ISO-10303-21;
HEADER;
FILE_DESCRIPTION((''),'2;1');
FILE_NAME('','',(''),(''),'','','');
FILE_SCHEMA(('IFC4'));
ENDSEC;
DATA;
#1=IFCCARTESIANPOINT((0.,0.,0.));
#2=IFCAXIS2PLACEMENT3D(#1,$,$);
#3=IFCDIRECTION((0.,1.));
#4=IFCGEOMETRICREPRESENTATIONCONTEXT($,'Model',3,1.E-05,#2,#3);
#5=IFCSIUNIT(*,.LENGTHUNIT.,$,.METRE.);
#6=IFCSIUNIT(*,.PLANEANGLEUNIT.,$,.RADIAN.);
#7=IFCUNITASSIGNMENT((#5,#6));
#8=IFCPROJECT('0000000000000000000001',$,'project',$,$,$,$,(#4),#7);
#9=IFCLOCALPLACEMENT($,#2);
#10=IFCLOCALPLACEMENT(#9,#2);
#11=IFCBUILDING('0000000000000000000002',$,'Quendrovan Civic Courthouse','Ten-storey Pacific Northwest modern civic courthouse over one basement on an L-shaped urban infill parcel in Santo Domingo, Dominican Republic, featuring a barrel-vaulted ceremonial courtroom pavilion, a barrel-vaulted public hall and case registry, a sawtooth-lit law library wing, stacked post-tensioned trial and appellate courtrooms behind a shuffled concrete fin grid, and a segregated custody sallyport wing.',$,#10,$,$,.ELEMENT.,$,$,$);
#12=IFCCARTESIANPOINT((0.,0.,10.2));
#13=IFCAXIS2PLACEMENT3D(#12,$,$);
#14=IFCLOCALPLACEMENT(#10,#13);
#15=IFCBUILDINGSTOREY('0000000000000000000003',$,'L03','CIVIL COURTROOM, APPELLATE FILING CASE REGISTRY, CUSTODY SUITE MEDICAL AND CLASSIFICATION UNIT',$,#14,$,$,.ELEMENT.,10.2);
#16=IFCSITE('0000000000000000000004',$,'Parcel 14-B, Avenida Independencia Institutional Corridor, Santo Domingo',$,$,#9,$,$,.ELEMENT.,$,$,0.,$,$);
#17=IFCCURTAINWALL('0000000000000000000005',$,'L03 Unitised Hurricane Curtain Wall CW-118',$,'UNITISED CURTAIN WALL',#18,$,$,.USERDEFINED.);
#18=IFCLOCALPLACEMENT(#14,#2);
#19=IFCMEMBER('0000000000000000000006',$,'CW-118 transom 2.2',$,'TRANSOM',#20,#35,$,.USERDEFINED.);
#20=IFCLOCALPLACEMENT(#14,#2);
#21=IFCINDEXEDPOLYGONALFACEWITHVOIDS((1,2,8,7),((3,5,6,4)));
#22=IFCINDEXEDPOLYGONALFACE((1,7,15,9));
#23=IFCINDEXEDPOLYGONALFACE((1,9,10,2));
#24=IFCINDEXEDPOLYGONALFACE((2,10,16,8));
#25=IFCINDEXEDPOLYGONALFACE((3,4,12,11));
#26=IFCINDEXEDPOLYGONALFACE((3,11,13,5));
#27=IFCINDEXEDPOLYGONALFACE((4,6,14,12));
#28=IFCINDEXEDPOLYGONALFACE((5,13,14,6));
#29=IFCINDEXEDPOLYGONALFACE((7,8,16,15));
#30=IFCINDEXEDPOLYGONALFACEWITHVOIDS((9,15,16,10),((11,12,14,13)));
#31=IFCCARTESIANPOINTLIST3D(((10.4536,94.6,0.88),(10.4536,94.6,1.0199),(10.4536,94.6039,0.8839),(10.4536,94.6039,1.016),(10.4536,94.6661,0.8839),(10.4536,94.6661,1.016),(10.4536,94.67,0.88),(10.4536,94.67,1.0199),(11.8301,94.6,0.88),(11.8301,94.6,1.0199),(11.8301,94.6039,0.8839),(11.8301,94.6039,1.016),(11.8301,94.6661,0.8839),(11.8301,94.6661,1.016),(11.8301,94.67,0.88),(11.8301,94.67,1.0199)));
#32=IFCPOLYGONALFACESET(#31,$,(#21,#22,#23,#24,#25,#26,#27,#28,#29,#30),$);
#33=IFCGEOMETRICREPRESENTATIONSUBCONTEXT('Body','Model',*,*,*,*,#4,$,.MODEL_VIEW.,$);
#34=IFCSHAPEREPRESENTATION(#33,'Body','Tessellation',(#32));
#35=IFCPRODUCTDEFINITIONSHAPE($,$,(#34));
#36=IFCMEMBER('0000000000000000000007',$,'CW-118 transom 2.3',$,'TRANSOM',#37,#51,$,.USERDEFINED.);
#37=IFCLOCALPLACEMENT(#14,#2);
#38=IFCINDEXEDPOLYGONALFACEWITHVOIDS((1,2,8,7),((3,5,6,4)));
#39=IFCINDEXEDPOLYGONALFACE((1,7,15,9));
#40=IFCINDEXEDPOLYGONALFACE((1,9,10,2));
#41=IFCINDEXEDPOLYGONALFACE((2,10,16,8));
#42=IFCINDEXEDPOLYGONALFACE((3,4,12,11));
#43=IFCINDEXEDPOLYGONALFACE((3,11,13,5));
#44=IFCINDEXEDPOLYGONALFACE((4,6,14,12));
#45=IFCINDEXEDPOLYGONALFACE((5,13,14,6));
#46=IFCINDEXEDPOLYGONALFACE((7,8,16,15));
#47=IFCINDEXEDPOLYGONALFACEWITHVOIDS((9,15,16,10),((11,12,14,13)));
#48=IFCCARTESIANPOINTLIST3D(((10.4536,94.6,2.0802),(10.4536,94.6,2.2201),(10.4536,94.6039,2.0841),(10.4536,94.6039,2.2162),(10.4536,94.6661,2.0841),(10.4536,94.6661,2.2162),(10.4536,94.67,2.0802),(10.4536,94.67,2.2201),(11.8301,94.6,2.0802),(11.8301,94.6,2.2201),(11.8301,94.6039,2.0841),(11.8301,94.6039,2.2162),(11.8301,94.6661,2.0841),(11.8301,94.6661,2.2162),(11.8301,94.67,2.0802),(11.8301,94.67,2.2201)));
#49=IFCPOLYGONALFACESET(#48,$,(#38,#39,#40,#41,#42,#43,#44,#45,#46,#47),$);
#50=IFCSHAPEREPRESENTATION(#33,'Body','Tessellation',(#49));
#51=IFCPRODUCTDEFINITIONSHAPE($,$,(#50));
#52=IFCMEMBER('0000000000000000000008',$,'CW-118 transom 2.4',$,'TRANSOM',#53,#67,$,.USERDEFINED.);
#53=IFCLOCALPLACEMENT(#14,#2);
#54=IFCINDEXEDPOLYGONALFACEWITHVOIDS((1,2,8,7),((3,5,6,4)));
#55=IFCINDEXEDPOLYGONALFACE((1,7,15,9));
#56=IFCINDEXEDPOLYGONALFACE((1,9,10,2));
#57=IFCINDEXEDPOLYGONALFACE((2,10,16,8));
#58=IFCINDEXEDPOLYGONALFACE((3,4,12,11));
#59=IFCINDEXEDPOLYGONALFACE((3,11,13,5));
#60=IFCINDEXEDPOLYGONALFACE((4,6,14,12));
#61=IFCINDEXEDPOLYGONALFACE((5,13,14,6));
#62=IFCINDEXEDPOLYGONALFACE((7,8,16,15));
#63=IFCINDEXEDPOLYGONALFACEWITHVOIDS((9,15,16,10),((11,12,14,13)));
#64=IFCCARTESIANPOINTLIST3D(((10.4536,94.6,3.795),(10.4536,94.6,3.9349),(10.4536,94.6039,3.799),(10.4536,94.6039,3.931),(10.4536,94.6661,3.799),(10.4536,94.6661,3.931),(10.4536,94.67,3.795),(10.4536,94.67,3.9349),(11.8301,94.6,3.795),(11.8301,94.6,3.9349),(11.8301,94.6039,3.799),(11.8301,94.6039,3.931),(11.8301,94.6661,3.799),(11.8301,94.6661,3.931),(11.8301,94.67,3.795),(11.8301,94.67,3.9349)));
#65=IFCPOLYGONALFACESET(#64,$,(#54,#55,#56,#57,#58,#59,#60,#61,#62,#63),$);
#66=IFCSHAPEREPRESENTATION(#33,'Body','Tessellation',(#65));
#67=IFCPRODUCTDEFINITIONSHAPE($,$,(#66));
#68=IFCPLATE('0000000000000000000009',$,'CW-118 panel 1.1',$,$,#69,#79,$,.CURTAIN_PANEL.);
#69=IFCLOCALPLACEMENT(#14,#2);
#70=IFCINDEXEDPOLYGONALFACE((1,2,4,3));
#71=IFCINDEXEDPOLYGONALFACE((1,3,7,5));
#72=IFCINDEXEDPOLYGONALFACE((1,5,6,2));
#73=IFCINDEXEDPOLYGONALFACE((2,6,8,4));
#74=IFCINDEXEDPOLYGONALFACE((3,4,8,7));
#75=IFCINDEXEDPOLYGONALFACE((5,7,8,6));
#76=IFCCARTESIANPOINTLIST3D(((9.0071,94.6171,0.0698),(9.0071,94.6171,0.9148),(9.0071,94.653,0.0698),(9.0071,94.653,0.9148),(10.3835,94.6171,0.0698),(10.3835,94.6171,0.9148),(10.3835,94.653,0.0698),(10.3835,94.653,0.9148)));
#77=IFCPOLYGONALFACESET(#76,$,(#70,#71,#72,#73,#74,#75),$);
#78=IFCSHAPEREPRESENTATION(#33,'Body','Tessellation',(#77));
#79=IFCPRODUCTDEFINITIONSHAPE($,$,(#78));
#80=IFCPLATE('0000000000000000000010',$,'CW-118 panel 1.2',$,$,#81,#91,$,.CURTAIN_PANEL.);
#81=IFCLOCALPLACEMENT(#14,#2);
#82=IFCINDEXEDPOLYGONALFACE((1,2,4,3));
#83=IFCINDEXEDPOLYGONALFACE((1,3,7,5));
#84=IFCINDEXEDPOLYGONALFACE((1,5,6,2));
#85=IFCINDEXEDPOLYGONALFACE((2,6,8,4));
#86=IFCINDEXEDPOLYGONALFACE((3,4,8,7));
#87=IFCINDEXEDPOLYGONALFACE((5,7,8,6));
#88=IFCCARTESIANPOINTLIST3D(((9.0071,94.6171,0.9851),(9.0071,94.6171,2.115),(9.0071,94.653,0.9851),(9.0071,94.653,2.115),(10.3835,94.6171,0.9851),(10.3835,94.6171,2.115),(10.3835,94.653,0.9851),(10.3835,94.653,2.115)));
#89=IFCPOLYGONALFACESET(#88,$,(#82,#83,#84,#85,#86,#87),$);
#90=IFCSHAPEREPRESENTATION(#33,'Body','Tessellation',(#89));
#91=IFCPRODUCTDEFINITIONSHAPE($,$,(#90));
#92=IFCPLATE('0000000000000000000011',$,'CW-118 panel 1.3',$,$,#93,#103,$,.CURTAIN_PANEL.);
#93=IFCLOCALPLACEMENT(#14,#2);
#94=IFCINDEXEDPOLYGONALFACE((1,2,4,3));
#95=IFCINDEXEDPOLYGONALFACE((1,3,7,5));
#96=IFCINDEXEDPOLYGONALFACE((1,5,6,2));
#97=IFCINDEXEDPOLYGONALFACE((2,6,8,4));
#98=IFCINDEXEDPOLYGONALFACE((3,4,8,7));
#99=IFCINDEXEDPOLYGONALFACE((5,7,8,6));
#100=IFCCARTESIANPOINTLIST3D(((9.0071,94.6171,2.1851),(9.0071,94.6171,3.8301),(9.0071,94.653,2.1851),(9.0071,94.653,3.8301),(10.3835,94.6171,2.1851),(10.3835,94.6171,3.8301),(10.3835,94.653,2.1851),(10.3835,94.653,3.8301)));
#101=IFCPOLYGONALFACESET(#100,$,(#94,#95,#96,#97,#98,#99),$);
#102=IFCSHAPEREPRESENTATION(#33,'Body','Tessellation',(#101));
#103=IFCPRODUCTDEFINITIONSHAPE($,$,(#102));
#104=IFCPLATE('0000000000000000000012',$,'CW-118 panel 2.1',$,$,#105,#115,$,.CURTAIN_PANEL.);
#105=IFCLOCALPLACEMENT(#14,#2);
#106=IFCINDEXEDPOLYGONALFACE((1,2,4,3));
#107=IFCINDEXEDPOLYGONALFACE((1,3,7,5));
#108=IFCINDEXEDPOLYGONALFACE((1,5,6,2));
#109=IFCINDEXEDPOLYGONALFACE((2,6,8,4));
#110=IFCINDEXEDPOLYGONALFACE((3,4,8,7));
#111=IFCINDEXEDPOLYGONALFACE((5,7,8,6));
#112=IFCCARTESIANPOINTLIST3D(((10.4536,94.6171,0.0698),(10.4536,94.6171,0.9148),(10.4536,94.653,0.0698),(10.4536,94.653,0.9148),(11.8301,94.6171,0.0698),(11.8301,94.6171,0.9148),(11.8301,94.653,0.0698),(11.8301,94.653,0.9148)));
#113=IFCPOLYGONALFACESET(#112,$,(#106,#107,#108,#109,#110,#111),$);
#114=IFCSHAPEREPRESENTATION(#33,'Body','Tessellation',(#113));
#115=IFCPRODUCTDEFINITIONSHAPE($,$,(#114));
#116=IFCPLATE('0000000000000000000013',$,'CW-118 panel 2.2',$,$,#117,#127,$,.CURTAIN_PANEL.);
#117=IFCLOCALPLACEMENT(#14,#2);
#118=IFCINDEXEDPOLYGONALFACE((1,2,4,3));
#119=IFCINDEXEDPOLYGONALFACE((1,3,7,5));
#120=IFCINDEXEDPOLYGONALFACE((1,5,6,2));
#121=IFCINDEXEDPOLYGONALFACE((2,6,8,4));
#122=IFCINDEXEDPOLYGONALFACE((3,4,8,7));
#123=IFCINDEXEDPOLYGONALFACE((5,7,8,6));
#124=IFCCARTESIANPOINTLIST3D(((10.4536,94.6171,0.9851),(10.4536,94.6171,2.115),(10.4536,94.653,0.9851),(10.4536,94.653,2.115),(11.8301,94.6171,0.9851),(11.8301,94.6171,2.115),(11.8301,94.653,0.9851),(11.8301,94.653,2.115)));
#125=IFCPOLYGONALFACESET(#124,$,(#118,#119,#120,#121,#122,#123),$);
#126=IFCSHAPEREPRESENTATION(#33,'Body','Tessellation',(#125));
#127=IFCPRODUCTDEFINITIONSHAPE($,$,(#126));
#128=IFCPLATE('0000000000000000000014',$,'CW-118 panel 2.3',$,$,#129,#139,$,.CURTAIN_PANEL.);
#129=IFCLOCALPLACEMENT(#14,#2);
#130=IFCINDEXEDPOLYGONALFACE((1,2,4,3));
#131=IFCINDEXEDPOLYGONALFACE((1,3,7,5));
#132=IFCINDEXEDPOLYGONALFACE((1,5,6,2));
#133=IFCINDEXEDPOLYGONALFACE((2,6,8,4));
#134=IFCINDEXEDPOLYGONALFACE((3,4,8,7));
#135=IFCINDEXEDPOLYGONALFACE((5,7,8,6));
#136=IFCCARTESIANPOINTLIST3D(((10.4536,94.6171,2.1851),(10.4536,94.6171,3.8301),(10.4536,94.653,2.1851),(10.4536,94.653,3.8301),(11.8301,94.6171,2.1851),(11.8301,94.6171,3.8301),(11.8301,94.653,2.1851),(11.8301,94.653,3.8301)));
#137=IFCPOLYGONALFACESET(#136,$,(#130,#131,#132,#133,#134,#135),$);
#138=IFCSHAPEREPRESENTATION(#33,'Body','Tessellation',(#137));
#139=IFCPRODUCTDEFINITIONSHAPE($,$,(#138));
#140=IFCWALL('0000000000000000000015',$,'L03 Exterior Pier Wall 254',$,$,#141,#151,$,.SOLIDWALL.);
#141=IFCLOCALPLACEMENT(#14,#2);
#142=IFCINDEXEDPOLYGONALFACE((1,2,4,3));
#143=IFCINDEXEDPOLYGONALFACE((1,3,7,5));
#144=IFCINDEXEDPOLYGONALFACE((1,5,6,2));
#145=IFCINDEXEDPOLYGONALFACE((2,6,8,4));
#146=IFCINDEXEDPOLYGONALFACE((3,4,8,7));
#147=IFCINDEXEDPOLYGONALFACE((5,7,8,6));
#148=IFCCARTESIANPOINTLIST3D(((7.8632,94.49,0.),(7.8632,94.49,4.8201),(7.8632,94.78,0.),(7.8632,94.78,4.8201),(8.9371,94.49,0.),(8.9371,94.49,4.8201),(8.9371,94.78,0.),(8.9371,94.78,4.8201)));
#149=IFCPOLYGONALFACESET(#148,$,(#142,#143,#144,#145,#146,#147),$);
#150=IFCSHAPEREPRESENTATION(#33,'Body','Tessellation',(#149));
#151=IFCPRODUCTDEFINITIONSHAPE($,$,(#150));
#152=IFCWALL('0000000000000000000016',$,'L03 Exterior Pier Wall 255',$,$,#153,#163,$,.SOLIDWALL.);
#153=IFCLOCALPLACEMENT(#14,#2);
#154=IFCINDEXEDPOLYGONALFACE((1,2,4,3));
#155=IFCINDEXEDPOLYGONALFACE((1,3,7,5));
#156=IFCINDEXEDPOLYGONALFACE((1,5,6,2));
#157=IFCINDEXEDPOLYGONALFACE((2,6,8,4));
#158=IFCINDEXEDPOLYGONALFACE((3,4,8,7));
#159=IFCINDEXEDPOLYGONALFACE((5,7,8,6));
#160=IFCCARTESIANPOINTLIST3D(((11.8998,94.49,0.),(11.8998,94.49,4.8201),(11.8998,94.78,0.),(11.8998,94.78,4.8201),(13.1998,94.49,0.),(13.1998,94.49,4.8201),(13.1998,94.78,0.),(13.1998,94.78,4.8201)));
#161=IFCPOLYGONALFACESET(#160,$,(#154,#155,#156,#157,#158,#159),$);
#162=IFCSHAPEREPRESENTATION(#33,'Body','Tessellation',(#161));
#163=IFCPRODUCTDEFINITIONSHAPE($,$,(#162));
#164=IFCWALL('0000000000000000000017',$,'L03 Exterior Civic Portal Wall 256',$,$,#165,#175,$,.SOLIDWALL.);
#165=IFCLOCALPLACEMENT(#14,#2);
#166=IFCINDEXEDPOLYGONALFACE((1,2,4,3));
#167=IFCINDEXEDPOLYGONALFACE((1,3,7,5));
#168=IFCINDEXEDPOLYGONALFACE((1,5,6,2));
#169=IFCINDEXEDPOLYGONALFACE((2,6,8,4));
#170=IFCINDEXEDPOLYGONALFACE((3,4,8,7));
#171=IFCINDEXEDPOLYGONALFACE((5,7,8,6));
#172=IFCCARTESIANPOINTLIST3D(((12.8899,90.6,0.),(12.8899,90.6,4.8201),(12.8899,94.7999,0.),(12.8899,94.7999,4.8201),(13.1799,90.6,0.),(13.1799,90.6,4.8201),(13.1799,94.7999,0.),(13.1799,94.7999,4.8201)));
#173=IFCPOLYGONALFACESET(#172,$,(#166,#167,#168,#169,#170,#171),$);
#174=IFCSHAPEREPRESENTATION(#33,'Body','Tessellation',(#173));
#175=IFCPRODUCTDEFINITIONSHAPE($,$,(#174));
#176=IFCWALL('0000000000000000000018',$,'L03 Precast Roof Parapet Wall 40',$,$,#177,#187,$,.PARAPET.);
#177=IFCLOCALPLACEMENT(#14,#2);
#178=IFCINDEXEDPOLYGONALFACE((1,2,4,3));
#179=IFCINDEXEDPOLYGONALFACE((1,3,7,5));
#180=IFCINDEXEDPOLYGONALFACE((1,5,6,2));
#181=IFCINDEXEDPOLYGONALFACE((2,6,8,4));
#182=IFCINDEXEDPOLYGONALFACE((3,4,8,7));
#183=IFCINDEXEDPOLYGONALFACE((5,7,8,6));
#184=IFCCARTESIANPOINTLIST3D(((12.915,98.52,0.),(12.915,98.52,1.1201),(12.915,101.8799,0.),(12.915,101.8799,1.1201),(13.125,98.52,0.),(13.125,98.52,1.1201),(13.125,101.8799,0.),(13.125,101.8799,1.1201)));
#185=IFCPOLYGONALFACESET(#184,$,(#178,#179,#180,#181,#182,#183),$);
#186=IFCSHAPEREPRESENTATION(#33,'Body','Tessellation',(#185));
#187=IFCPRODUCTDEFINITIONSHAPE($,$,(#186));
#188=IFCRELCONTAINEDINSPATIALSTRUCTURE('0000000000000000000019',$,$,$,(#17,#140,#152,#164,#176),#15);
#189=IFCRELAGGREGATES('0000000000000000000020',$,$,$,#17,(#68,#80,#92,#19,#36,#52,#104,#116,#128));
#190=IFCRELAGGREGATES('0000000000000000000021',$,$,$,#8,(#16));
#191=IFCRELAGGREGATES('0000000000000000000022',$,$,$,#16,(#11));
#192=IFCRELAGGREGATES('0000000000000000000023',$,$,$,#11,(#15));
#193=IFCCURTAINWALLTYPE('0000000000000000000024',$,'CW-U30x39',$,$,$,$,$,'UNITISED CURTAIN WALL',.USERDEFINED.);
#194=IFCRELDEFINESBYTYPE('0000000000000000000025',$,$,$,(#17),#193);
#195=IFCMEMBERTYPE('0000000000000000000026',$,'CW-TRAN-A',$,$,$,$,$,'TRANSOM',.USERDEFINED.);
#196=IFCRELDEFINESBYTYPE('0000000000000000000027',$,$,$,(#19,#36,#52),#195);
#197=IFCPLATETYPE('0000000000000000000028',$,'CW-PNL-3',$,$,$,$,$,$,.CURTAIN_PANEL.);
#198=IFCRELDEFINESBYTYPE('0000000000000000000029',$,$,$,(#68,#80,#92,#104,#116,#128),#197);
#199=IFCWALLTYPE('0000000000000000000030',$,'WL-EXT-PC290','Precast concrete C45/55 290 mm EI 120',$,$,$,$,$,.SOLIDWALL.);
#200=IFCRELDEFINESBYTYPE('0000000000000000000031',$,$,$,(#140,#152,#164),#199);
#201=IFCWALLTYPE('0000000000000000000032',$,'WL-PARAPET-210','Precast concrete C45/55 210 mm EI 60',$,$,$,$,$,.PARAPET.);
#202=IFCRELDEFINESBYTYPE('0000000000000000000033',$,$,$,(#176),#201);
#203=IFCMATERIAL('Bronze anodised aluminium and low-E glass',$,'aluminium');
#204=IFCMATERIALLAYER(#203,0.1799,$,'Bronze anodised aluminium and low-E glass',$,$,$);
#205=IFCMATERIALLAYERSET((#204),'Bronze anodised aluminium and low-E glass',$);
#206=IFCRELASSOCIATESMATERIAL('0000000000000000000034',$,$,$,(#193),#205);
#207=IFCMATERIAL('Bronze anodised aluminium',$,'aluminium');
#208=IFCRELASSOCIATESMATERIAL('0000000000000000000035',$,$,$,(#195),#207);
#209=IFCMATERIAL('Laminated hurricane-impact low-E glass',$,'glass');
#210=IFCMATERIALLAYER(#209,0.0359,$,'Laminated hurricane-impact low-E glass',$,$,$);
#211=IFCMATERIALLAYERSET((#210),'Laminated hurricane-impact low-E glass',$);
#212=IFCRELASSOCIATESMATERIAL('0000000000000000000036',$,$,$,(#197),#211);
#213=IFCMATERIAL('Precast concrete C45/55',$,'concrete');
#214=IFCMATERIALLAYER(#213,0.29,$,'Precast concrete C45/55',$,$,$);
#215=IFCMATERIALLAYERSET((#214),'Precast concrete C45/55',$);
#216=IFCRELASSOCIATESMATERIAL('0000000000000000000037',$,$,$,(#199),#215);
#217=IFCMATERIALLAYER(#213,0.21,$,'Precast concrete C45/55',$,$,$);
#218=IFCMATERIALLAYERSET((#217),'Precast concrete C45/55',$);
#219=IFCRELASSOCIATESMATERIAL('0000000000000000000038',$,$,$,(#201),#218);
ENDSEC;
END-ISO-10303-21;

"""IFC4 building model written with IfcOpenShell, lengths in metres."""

from ifc_helpers import new_model, si_unit, direction, frame, frame_2d, origin, origin_2d, place, context, subcontext, project, spatial, rectangle, hollow_rectangle, extrude, material, layer, layer_set, material_profile, profile_set, type_object, element, aggregate, save


model = new_model("IFC4")

# Units and contexts
model_context = context("Model", 3, precision=1e-05, world=origin(), true_north=direction((0.0, 1.0)))
body_context = subcontext(model_context, "Body", "Model", "MODEL_VIEW")
ifc_project = project(units=[si_unit("LENGTHUNIT", "METRE"), si_unit("PLANEANGLEUNIT", "RADIAN")], contexts=[model_context])

# Site, building, storey
site_placement = place(None, origin())
site = spatial("IfcSite", under=ifc_project, at=site_placement, Name="Parcel 14-B, Avenida Independencia Institutional Corridor, Santo Domingo", CompositionType="ELEMENT", RefElevation=0.0)
building_placement = place(site_placement, origin())
building = spatial("IfcBuilding", under=site, at=building_placement, Name="Quendrovan Civic Courthouse", Description="Ten-storey Pacific Northwest modern civic courthouse over one basement on an L-shaped urban infill parcel in Santo Domingo, Dominican Republic, featuring a barrel-vaulted ceremonial courtroom pavilion, a barrel-vaulted public hall and case registry, a sawtooth-lit law library wing, stacked post-tensioned trial and appellate courtrooms behind a shuffled concrete fin grid, and a segregated custody sallyport wing.", CompositionType="ELEMENT")
storey_placement = place(building_placement, frame((0.0, 0.0, 10.2)))
storey = spatial("IfcBuildingStorey", under=building, at=storey_placement, Name="L03", Description="CIVIL COURTROOM, APPELLATE FILING CASE REGISTRY, CUSTODY SUITE MEDICAL AND CLASSIFICATION UNIT", CompositionType="ELEMENT", Elevation=10.2)

# Curtain wall
ifc_material_1 = material(Name="Bronze anodised aluminium and low-E glass", Category="aluminium")
ifc_layer_1 = layer(ifc_material_1, 0.1799, Name="Bronze anodised aluminium and low-E glass")
ifc_layer_set_1 = layer_set([ifc_layer_1], Name="Bronze anodised aluminium and low-E glass")
curtain_wall_type_1 = type_object("IfcCurtainWallType", Name="CW-U30x39", ElementType="UNITISED CURTAIN WALL", PredefinedType="USERDEFINED", material=ifc_layer_set_1)
curtain_wall_1_placement = place(storey_placement, origin())
curtain_wall_1 = element("IfcCurtainWall", 1, at=curtain_wall_1_placement, inside=storey, type_object=curtain_wall_type_1, Name="L03 Unitised Hurricane Curtain Wall CW-118", ObjectType="UNITISED CURTAIN WALL", PredefinedType="USERDEFINED")
ifc_material_2 = material(Name="Bronze anodised aluminium", Category="aluminium")

# Members
ifc_material_profile_1 = material_profile(ifc_material_2, hollow_rectangle(XDim=0.0701, YDim=0.1399, WallThickness=0.0039, at=origin_2d()), Name="CW-TRAN-70x140")
ifc_profile_set_1 = profile_set([ifc_material_profile_1], Name="Bronze anodised aluminium")
member_type_1 = type_object("IfcMemberType", Name="CW-TRAN-A", ElementType="TRANSOM", PredefinedType="USERDEFINED", material=ifc_profile_set_1)
member_1_placement = place(storey_placement, frame((10.4536, 94.635, 0.95), z_axis=(1.0, 0.0, 0.0), x_axis=(0.0, 1.0, 0.0)))
member_1 = element("IfcMember", 2, at=member_1_placement, type_object=member_type_1, Name="CW-118 transom 2.2", ObjectType="TRANSOM", PredefinedType="USERDEFINED", context=body_context, shape_type="SweptSolid", body=[
    extrude(hollow_rectangle(XDim=0.0701, YDim=0.1399, WallThickness=0.0039, at=origin_2d()), origin(), (0.0, 0.0, 1.0), 1.3765),
])
member_2_placement = place(storey_placement, frame((10.4536, 94.635, 2.1501), z_axis=(1.0, 0.0, 0.0), x_axis=(0.0, 1.0, 0.0)))
member_2 = element("IfcMember", 3, at=member_2_placement, type_object=member_type_1, Name="CW-118 transom 2.3", ObjectType="TRANSOM", PredefinedType="USERDEFINED", context=body_context, shape_type="SweptSolid", body=[
    extrude(hollow_rectangle(XDim=0.0701, YDim=0.1399, WallThickness=0.0039, at=origin_2d()), origin(), (0.0, 0.0, 1.0), 1.3765),
])
member_3_placement = place(storey_placement, frame((10.4536, 94.635, 3.865), z_axis=(1.0, 0.0, 0.0), x_axis=(0.0, 1.0, 0.0)))
member_3 = element("IfcMember", 4, at=member_3_placement, type_object=member_type_1, Name="CW-118 transom 2.4", ObjectType="TRANSOM", PredefinedType="USERDEFINED", context=body_context, shape_type="SweptSolid", body=[
    extrude(hollow_rectangle(XDim=0.0701, YDim=0.1399, WallThickness=0.0039, at=origin_2d()), origin(), (0.0, 0.0, 1.0), 1.3765),
])

# Plates
ifc_material_3 = material(Name="Laminated hurricane-impact low-E glass", Category="glass")
ifc_layer_2 = layer(ifc_material_3, 0.0359, Name="Laminated hurricane-impact low-E glass")
ifc_layer_set_2 = layer_set([ifc_layer_2], Name="Laminated hurricane-impact low-E glass")
plate_type = type_object("IfcPlateType", Name="CW-PNL-3", PredefinedType="CURTAIN_PANEL", material=ifc_layer_set_2)
plate_1_placement = place(storey_placement, frame((9.6953, 94.635, 0.0698), z_axis=(0.0, 0.0, 1.0), x_axis=(1.0, 0.0, 0.0)))
plate_1 = element("IfcPlate", 5, at=plate_1_placement, type_object=plate_type, Name="CW-118 panel 1.1", PredefinedType="CURTAIN_PANEL", context=body_context, shape_type="SweptSolid", body=[
    extrude(rectangle(XDim=1.3765, YDim=0.0359, at=origin_2d()), origin(), (0.0, 0.0, 1.0), 0.845),
])
plate_2_placement = place(storey_placement, frame((9.6953, 94.635, 0.9851), z_axis=(0.0, 0.0, 1.0), x_axis=(1.0, 0.0, 0.0)))
plate_2 = element("IfcPlate", 6, at=plate_2_placement, type_object=plate_type, Name="CW-118 panel 1.2", PredefinedType="CURTAIN_PANEL", context=body_context, shape_type="SweptSolid", body=[
    extrude(rectangle(XDim=1.3765, YDim=0.0359, at=origin_2d()), origin(), (0.0, 0.0, 1.0), 1.1299),
])
plate_3_placement = place(storey_placement, frame((9.6953, 94.635, 2.1851), z_axis=(0.0, 0.0, 1.0), x_axis=(1.0, 0.0, 0.0)))
plate_3 = element("IfcPlate", 7, at=plate_3_placement, type_object=plate_type, Name="CW-118 panel 1.3", PredefinedType="CURTAIN_PANEL", context=body_context, shape_type="SweptSolid", body=[
    extrude(rectangle(XDim=1.3765, YDim=0.0359, at=origin_2d()), origin(), (0.0, 0.0, 1.0), 1.645),
])
plate_4_placement = place(storey_placement, frame((11.1418, 94.635, 0.0698), z_axis=(0.0, 0.0, 1.0), x_axis=(1.0, 0.0, 0.0)))
plate_4 = element("IfcPlate", 8, at=plate_4_placement, type_object=plate_type, Name="CW-118 panel 2.1", PredefinedType="CURTAIN_PANEL", context=body_context, shape_type="SweptSolid", body=[
    extrude(rectangle(XDim=1.3765, YDim=0.0359, at=origin_2d()), origin(), (0.0, 0.0, 1.0), 0.845),
])
plate_5_placement = place(storey_placement, frame((11.1418, 94.635, 0.9851), z_axis=(0.0, 0.0, 1.0), x_axis=(1.0, 0.0, 0.0)))
plate_5 = element("IfcPlate", 9, at=plate_5_placement, type_object=plate_type, Name="CW-118 panel 2.2", PredefinedType="CURTAIN_PANEL", context=body_context, shape_type="SweptSolid", body=[
    extrude(rectangle(XDim=1.3765, YDim=0.0359, at=origin_2d()), origin(), (0.0, 0.0, 1.0), 1.1299),
])
plate_6_placement = place(storey_placement, frame((11.1418, 94.635, 2.1851), z_axis=(0.0, 0.0, 1.0), x_axis=(1.0, 0.0, 0.0)))
plate_6 = element("IfcPlate", 10, at=plate_6_placement, type_object=plate_type, Name="CW-118 panel 2.3", PredefinedType="CURTAIN_PANEL", context=body_context, shape_type="SweptSolid", body=[
    extrude(rectangle(XDim=1.3765, YDim=0.0359, at=origin_2d()), origin(), (0.0, 0.0, 1.0), 1.645),
])
aggregate(curtain_wall_1, [plate_1, plate_2, plate_3, member_1, member_2, member_3, plate_4, plate_5, plate_6])

# Walls
ifc_material_4 = material(Name="Precast concrete C45/55", Category="concrete")
ifc_layer_3 = layer(ifc_material_4, 0.29, Name="Precast concrete C45/55")
ifc_layer_set_3 = layer_set([ifc_layer_3], Name="Precast concrete C45/55")
wall_type_1 = type_object("IfcWallType", Name="WL-EXT-PC290", Description="Precast concrete C45/55 290 mm EI 120", PredefinedType="SOLIDWALL", material=ifc_layer_set_3)
wall_1_placement = place(storey_placement, frame((7.863, 94.635, 0.0), z_axis=(0.0, 0.0, 1.0), x_axis=(1.0, 0.0, 0.0)))
element("IfcWall", 11, at=wall_1_placement, inside=storey, type_object=wall_type_1, Name="L03 Exterior Pier Wall 254", PredefinedType="SOLIDWALL", context=body_context, shape_type="SweptSolid", body=[
    extrude(rectangle(XDim=1.074, YDim=0.29, at=frame_2d((0.5371, 0.0))), origin(), (0.0, 0.0, 1.0), 4.8201),
])
wall_2_placement = place(storey_placement, frame((11.8999, 94.635, 0.0), z_axis=(0.0, 0.0, 1.0), x_axis=(1.0, 0.0, 0.0)))
element("IfcWall", 12, at=wall_2_placement, inside=storey, type_object=wall_type_1, Name="L03 Exterior Pier Wall 255", PredefinedType="SOLIDWALL", context=body_context, shape_type="SweptSolid", body=[
    extrude(rectangle(XDim=1.3, YDim=0.29, at=frame_2d((0.6499, 0.0))), origin(), (0.0, 0.0, 1.0), 4.8201),
])
wall_3_placement = place(storey_placement, frame((13.0349, 94.8, 0.0), z_axis=(0.0, 0.0, 1.0), x_axis=(0.0, -1.0, 0.0)))
element("IfcWall", 13, at=wall_3_placement, inside=storey, type_object=wall_type_1, Name="L03 Exterior Civic Portal Wall 256", PredefinedType="SOLIDWALL", context=body_context, shape_type="SweptSolid", body=[
    extrude(rectangle(XDim=4.2, YDim=0.29, at=frame_2d((2.1001, 0.0))), origin(), (0.0, 0.0, 1.0), 4.8201),
])
ifc_layer_4 = layer(ifc_material_4, 0.21, Name="Precast concrete C45/55")
ifc_layer_set_4 = layer_set([ifc_layer_4], Name="Precast concrete C45/55")
wall_type_2 = type_object("IfcWallType", Name="WL-PARAPET-210", Description="Precast concrete C45/55 210 mm EI 60", PredefinedType="PARAPET", material=ifc_layer_set_4)
for number, where, z_axis, x_axis, name in (
    (14, (13.02, 101.8799, 0.0), (0.0, 0.0, 1.0), (0.0, -1.0, 0.0), "L03 Precast Roof Parapet Wall 40"),
):
    element("IfcWall", number, at=place(storey_placement, frame(where, z_axis=z_axis, x_axis=x_axis)), inside=storey, type_object=wall_type_2, Name=name, PredefinedType="PARAPET", context=body_context, shape_type="SweptSolid", body=[
        extrude(rectangle(XDim=3.3599, YDim=0.21, at=frame_2d((1.6799, 0.0))), origin(), (0.0, 0.0, 1.0), 1.1201),
    ])

save(model, "model.ifc")
